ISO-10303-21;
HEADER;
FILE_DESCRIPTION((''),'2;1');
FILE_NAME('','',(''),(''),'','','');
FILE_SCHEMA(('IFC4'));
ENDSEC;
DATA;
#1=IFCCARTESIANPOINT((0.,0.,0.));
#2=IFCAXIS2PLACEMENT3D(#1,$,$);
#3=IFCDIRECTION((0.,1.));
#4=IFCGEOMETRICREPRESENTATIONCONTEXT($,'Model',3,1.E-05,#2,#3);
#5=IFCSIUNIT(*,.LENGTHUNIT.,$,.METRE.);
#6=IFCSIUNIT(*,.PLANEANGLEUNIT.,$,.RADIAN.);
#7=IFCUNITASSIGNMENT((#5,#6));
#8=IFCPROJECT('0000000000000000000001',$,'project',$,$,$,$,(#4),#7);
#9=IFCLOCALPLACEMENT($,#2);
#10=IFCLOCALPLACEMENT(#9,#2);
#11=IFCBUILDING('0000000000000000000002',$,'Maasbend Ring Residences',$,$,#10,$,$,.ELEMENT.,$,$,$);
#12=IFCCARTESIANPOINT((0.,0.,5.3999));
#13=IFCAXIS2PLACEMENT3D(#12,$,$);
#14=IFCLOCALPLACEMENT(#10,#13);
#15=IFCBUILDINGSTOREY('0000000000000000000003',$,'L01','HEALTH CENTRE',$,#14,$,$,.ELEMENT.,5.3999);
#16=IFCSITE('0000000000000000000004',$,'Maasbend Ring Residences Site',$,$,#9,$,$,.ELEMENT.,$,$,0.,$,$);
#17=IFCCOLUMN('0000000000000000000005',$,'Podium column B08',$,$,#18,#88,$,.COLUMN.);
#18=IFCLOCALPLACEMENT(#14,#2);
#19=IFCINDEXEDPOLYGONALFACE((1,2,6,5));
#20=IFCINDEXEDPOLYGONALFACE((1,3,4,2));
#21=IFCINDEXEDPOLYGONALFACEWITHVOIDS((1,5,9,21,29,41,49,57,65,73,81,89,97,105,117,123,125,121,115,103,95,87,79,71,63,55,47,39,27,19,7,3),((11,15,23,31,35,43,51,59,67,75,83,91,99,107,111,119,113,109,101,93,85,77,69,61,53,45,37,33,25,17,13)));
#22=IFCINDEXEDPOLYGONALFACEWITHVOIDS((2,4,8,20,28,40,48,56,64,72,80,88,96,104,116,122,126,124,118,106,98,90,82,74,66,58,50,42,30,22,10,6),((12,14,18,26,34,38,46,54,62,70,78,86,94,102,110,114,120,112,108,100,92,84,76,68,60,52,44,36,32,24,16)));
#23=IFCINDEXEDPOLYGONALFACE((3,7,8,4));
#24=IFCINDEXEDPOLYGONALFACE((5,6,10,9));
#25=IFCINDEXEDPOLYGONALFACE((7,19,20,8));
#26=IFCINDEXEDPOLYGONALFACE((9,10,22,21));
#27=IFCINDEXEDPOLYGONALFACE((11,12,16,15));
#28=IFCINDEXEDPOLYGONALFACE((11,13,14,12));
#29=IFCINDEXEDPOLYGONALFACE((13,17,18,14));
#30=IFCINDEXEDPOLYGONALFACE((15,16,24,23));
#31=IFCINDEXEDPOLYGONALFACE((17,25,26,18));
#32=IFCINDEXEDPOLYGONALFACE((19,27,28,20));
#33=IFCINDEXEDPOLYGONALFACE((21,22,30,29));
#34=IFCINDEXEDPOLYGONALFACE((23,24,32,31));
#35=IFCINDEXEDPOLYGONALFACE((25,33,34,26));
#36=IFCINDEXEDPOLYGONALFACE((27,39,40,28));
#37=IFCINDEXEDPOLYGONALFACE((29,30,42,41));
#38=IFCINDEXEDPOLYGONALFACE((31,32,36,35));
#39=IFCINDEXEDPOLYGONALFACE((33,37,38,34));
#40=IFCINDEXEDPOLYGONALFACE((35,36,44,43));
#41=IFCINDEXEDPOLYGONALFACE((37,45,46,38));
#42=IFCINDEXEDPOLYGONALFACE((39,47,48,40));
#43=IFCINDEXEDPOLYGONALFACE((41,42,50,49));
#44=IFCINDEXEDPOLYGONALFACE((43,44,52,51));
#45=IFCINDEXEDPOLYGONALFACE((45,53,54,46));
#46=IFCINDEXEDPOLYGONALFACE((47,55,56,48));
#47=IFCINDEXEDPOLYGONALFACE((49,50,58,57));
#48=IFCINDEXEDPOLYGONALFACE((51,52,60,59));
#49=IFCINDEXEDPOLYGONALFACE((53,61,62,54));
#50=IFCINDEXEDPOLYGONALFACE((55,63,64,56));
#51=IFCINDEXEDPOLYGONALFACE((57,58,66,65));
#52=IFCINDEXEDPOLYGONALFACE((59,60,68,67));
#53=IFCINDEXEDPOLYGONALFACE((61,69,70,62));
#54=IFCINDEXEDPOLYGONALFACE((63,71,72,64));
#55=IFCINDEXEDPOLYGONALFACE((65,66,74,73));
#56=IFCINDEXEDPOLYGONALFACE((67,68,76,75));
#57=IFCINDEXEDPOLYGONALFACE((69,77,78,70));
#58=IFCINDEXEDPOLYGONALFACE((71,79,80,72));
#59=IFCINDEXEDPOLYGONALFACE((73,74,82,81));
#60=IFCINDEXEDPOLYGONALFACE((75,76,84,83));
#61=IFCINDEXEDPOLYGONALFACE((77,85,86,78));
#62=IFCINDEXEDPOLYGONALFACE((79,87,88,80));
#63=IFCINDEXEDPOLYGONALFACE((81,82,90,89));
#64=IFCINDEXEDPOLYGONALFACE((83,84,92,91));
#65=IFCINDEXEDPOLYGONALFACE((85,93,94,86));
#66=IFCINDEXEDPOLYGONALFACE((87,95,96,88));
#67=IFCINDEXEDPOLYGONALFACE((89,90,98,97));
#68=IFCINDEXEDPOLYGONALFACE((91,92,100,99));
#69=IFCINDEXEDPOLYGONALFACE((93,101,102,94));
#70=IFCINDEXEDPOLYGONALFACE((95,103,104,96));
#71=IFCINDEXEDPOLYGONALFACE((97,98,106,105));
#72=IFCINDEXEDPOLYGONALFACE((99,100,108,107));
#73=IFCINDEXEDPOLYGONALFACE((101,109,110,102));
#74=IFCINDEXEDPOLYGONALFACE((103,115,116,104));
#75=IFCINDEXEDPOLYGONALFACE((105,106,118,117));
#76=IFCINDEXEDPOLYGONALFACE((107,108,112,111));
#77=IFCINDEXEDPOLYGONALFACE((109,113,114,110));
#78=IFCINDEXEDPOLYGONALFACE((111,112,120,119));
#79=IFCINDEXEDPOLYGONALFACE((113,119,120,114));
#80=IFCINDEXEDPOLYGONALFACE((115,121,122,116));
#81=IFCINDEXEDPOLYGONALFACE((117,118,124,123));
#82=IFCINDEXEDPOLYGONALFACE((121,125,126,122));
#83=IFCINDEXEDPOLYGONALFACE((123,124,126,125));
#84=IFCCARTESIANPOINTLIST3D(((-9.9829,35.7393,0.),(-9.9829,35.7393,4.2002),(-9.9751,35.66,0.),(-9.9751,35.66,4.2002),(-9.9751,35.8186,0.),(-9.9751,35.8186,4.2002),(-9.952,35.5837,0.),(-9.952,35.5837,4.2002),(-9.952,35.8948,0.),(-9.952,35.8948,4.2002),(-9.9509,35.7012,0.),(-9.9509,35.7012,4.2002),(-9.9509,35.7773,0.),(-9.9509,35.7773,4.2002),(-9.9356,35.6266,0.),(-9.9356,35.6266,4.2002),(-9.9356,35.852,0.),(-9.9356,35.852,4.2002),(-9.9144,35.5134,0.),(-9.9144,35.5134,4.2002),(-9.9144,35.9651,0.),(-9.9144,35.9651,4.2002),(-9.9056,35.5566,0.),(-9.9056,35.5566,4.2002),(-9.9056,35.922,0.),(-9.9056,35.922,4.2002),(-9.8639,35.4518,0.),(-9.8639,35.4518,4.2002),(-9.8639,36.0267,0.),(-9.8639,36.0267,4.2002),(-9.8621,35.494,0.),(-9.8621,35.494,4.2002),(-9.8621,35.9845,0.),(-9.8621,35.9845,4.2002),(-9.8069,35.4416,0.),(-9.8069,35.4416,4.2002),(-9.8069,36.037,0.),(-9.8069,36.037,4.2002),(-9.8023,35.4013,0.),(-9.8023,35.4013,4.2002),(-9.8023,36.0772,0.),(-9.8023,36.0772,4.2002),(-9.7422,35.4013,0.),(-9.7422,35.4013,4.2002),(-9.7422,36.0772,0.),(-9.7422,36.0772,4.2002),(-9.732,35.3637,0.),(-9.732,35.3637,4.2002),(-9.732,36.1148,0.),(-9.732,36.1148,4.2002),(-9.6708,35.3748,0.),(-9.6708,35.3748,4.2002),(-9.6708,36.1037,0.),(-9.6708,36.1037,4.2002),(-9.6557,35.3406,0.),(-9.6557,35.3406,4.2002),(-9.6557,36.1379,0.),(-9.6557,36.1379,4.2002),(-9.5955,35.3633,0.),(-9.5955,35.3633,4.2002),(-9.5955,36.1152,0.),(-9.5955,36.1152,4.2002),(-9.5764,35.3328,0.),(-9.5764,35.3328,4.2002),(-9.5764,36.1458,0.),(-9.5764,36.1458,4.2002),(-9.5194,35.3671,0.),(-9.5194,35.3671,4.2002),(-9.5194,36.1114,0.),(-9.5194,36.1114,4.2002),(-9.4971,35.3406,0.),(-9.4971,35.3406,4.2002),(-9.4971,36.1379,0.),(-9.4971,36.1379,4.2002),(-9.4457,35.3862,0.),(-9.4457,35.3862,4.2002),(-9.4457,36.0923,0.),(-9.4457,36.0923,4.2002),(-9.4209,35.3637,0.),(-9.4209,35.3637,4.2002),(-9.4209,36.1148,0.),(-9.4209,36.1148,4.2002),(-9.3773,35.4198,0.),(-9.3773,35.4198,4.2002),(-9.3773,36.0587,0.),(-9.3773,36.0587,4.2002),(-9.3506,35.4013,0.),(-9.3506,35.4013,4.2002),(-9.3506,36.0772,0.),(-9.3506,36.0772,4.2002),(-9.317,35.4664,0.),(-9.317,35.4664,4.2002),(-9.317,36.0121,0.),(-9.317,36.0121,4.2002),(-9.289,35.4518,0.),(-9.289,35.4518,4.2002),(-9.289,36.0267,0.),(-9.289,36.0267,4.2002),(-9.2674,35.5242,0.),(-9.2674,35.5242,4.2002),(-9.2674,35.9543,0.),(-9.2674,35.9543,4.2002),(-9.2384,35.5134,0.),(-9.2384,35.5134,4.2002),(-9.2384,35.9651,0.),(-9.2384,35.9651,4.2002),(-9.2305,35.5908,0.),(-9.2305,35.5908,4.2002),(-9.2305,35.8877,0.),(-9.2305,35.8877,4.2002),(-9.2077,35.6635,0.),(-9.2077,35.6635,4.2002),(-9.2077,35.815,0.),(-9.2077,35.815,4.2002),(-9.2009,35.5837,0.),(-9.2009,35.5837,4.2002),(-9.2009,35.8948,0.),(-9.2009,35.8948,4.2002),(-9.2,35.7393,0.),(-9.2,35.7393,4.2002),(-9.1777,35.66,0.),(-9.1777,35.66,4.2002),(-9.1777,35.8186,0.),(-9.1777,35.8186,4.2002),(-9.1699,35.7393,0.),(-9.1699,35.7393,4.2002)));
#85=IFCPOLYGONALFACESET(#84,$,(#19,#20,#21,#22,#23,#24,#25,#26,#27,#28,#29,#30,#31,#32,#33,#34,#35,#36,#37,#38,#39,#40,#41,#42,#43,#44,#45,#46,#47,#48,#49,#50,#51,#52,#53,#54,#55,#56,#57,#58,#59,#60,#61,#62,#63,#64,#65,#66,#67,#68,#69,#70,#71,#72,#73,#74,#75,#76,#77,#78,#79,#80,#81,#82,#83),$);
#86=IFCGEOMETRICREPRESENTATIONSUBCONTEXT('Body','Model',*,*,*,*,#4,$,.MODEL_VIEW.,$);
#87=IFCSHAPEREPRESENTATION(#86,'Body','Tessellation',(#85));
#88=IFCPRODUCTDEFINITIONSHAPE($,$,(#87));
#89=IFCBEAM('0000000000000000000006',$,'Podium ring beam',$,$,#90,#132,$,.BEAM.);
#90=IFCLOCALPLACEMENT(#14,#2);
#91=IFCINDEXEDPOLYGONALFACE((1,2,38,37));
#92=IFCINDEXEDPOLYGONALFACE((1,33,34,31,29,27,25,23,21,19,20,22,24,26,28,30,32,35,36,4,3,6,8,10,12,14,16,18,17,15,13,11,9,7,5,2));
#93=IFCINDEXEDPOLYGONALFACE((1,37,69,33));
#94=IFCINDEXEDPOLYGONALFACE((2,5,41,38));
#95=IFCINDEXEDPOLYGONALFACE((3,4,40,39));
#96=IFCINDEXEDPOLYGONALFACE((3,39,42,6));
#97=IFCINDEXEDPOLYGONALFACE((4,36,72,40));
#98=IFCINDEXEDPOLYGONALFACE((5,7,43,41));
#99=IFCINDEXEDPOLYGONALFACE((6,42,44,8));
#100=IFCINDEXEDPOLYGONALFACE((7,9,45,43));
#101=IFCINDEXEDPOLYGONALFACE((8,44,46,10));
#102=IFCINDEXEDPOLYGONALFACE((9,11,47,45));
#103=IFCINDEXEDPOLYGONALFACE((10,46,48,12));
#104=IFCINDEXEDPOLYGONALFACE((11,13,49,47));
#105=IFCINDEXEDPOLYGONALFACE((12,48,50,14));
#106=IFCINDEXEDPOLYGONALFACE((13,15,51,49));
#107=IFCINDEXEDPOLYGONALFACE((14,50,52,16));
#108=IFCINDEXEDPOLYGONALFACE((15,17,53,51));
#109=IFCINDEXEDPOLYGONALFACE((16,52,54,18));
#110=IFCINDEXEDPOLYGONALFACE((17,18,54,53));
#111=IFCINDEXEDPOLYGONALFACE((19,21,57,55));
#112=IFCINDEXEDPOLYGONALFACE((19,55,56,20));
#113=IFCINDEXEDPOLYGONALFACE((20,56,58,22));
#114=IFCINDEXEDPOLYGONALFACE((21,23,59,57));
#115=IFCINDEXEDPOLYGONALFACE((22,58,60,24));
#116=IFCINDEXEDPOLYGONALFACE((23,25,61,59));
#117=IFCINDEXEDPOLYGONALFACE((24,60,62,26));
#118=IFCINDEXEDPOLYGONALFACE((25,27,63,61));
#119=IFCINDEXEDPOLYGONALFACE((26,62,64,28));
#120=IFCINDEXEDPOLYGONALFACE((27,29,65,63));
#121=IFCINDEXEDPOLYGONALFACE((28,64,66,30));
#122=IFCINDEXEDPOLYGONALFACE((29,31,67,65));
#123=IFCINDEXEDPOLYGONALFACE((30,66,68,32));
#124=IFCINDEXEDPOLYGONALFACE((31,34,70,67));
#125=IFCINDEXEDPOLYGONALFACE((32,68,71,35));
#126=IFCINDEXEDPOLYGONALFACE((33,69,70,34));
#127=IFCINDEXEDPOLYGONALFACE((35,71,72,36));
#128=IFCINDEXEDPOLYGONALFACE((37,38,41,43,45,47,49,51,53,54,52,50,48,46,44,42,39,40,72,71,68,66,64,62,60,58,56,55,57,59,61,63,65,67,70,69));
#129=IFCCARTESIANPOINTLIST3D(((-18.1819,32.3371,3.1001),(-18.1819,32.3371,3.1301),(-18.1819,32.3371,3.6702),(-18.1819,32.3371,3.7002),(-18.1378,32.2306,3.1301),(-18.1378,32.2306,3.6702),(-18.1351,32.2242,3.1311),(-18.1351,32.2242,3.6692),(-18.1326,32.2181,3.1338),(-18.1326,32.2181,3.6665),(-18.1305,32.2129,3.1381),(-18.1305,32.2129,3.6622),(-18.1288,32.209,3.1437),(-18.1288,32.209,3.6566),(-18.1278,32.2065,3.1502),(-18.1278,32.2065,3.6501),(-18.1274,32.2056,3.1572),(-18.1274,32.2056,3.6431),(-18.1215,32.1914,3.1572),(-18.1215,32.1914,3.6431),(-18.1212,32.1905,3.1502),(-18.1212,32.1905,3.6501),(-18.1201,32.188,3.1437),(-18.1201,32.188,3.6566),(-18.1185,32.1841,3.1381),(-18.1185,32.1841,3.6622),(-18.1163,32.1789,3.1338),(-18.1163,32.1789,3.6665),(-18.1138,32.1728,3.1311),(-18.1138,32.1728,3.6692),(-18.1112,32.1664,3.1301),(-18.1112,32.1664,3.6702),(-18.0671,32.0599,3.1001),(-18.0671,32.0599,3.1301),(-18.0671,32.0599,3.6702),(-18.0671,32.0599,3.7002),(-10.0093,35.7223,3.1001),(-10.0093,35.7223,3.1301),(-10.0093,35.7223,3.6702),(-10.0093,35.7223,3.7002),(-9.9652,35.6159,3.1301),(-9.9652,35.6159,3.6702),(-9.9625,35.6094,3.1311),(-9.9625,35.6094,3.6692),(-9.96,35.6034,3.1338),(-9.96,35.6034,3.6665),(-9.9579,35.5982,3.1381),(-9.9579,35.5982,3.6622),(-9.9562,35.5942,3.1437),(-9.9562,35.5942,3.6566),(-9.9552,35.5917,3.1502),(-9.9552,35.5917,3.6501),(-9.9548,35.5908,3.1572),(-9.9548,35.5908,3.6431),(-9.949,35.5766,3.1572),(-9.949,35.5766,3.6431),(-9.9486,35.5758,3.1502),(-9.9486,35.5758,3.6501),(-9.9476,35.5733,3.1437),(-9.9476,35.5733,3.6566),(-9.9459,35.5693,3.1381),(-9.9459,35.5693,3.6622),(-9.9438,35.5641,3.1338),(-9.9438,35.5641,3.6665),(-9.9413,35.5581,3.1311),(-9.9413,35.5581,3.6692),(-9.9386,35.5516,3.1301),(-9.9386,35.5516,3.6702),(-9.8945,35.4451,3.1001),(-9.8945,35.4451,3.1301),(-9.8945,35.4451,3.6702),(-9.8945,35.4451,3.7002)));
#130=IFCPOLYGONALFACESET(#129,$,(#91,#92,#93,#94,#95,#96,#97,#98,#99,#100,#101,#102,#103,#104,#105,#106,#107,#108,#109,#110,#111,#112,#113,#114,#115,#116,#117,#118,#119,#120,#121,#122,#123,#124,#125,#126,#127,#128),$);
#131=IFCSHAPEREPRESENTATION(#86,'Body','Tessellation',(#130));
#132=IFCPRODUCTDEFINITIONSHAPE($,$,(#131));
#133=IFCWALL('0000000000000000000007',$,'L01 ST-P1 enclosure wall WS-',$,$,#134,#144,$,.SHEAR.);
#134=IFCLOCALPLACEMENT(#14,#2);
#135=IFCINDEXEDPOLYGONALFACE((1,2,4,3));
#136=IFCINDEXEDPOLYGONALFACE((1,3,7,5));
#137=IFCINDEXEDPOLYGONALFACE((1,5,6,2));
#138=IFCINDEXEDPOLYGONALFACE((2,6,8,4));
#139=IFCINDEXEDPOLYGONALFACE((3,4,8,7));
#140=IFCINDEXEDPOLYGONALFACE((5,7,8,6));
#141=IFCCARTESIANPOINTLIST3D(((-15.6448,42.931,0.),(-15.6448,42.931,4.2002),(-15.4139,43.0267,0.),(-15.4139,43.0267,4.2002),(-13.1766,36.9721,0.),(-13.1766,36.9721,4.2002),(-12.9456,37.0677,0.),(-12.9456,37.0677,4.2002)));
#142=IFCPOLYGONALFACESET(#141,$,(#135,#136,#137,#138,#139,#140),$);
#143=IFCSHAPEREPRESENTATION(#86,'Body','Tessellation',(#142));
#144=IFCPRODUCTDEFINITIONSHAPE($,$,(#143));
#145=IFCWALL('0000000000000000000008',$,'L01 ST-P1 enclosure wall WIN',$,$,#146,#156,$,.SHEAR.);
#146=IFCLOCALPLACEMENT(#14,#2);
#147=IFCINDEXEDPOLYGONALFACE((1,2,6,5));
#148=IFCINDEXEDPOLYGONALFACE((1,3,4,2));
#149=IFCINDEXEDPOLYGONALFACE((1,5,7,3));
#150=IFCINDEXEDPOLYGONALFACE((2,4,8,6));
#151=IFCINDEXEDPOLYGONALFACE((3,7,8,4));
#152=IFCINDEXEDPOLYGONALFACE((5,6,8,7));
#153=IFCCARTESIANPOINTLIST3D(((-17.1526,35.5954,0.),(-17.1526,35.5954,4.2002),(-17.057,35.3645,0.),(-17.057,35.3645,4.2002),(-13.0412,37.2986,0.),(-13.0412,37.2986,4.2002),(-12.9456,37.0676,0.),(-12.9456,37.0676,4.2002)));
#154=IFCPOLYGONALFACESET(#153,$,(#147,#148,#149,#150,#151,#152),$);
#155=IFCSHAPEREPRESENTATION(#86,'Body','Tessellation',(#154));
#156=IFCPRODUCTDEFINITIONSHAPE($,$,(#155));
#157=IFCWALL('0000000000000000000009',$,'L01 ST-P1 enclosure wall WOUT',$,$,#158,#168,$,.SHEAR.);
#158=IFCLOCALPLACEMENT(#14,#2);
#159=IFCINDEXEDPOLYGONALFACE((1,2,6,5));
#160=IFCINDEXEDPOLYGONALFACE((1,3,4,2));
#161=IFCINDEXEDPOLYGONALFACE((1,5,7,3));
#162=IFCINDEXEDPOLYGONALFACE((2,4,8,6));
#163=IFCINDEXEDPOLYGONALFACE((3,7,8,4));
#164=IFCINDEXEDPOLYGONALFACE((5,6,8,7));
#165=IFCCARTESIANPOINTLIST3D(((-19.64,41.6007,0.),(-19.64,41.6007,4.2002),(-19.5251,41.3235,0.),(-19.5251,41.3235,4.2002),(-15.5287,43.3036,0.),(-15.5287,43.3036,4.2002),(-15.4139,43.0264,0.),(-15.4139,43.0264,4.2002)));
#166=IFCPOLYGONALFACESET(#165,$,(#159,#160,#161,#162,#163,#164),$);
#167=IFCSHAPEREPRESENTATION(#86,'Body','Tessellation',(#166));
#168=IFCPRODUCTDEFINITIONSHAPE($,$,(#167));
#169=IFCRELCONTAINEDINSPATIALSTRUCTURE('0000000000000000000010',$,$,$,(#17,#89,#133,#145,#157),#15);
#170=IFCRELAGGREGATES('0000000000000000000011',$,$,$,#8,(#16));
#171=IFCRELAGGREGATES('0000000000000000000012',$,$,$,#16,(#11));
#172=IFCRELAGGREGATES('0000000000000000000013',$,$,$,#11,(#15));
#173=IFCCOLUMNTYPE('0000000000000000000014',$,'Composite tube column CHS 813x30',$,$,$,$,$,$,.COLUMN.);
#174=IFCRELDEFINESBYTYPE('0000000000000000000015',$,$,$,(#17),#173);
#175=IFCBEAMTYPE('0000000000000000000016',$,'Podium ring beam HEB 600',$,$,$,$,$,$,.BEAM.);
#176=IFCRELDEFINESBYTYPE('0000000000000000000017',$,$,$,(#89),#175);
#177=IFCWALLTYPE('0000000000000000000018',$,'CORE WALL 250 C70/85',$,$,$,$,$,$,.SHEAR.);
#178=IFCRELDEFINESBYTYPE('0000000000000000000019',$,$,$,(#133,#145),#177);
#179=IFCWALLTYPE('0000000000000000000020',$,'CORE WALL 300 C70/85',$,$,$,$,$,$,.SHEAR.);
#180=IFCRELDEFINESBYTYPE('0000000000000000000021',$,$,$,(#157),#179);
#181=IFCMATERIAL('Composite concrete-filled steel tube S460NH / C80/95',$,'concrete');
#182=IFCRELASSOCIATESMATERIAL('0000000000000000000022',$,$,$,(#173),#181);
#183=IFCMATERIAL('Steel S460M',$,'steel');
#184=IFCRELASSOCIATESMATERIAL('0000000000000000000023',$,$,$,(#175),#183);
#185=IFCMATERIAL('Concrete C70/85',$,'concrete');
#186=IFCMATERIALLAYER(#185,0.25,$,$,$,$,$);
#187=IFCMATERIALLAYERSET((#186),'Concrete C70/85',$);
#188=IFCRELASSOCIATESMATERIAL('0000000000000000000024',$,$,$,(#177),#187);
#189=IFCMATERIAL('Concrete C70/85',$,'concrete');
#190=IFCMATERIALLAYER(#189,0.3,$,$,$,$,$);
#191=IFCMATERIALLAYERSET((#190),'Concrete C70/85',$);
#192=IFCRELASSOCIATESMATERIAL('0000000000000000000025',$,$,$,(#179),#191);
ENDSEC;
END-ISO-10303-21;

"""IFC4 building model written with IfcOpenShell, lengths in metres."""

from ifc_helpers import new_model, si_unit, direction, frame, frame_2d, origin, origin_2d, place, context, subcontext, project, spatial, rectangle, hollow_circle, i_section, extrude, material, layer, layer_set, material_profile, profile_set, type_object, element, save


model = new_model("IFC4")

# Units and contexts
model_context = context("Model", 3, precision=1e-05, world=origin(), true_north=direction((0.0, 1.0)))
body_context = subcontext(model_context, "Body", "Model", "MODEL_VIEW")
ifc_project = project(units=[si_unit("LENGTHUNIT", "METRE"), si_unit("PLANEANGLEUNIT", "RADIAN")], contexts=[model_context])

# Site, building, storey
site_placement = place(None, origin())
site = spatial("IfcSite", under=ifc_project, at=site_placement, Name="Maasbend Ring Residences Site", CompositionType="ELEMENT", RefElevation=0.0)
building_placement = place(site_placement, origin())
building = spatial("IfcBuilding", under=site, at=building_placement, Name="Maasbend Ring Residences", CompositionType="ELEMENT")
storey_placement = place(building_placement, frame((0.0, 0.0, 5.3999)))
storey = spatial("IfcBuildingStorey", under=building, at=storey_placement, Name="L01", Description="HEALTH CENTRE", CompositionType="ELEMENT", Elevation=5.3999)

# Column
ifc_material_1 = material(Name="Composite concrete-filled steel tube S460NH / C80/95", Category="concrete")
ifc_material_profile_1 = material_profile(ifc_material_1, hollow_circle(Radius=0.4065, WallThickness=0.03, at=origin_2d()), Name="Composite tube column CHS 813x30")
ifc_profile_set_1 = profile_set([ifc_material_profile_1], Name="Composite concrete-filled steel tube S460NH / C80/95")
column_type_1 = type_object("IfcColumnType", Name="Composite tube column CHS 813x30", PredefinedType="COLUMN", material=ifc_profile_set_1)
column_1_placement = place(storey_placement, frame((-9.5764, 35.7393, 0.0), z_axis=(0.0, 0.0, 1.0), x_axis=(1.0, 0.0, 0.0)))
element("IfcColumn", 1, at=column_1_placement, inside=storey, type_object=column_type_1, Name="Podium column B08", PredefinedType="COLUMN", context=body_context, shape_type="SweptSolid", body=[
    extrude(hollow_circle(Radius=0.4065, WallThickness=0.03, at=origin_2d()), origin(), (0.0, 0.0, 1.0), 4.2002),
])

# Beam
ifc_material_2 = material(Name="Steel S460M", Category="steel")
ifc_material_profile_2 = material_profile(ifc_material_2, i_section(OverallWidth=0.3, OverallDepth=0.6001, WebThickness=0.0154, FlangeThickness=0.03, FilletRadius=0.0271, at=origin_2d()), Name="HEB 600")
ifc_profile_set_2 = profile_set([ifc_material_profile_2], Name="Steel S460M")
beam_type = type_object("IfcBeamType", Name="Podium ring beam HEB 600", PredefinedType="BEAM", material=ifc_profile_set_2)
beam_placement = place(storey_placement, frame((-9.9519, 35.5837, 3.4001), z_axis=(-0.923878, -0.382688, 0.0), x_axis=(0.382688, -0.923878, 0.0)))
element("IfcBeam", 2, at=beam_placement, inside=storey, type_object=beam_type, Name="Podium ring beam", PredefinedType="BEAM", context=body_context, shape_type="SweptSolid", body=[
    extrude(i_section(OverallWidth=0.3, OverallDepth=0.6001, WebThickness=0.0154, FlangeThickness=0.03, FilletRadius=0.0271, at=origin_2d()), origin(), (0.0, 0.0, 1.0), 8.8459),
])

# Walls
ifc_material_3 = material(Name="Concrete C70/85", Category="concrete")
ifc_layer_1 = layer(ifc_material_3, 0.25)
ifc_layer_set_1 = layer_set([ifc_layer_1], Name="Concrete C70/85")
wall_type_1 = type_object("IfcWallType", Name="CORE WALL 250 C70/85", PredefinedType="SHEAR", material=ifc_layer_set_1)
wall_1_placement = place(storey_placement, frame((-13.061, 37.0198, 0.0), z_axis=(0.0, 0.0, 1.0), x_axis=(-0.382679, 0.923881, 0.0)))
element("IfcWall", 3, at=wall_1_placement, inside=storey, type_object=wall_type_1, Name="L01 ST-P1 enclosure wall WS-", PredefinedType="SHEAR", context=body_context, shape_type="SweptSolid", body=[
    extrude(rectangle(XDim=6.45, YDim=0.25, at=frame_2d((3.2251, 0.0))), origin(), (0.0, 0.0, 1.0), 4.2002),
])
wall_2_placement = place(storey_placement, frame((-12.9934, 37.1831, 0.0), z_axis=(0.0, 0.0, 1.0), x_axis=(-0.923867, -0.382714, 0.0)))
element("IfcWall", 4, at=wall_2_placement, inside=storey, type_object=wall_type_1, Name="L01 ST-P1 enclosure wall WIN", PredefinedType="SHEAR", context=body_context, shape_type="SweptSolid", body=[
    extrude(rectangle(XDim=4.4502, YDim=0.25, at=frame_2d((2.2251, 0.0))), origin(), (0.0, 0.0, 1.0), 4.2002),
])
ifc_material_4 = material(Name="Concrete C70/85", Category="concrete")
ifc_layer_2 = layer(ifc_material_4, 0.3)
ifc_layer_set_2 = layer_set([ifc_layer_2], Name="Concrete C70/85")
wall_type_2 = type_object("IfcWallType", Name="CORE WALL 300 C70/85", PredefinedType="SHEAR", material=ifc_layer_set_2)
wall_3_placement = place(storey_placement, frame((-15.4712, 43.165, 0.0), z_axis=(0.0, 0.0, 1.0), x_axis=(-0.923886, -0.382667, 0.0)))
element("IfcWall", 5, at=wall_3_placement, inside=storey, type_object=wall_type_2, Name="L01 ST-P1 enclosure wall WOUT", PredefinedType="SHEAR", context=body_context, shape_type="SweptSolid", body=[
    extrude(rectangle(XDim=4.45, YDim=0.3, at=frame_2d((2.2251, 0.0))), origin(), (0.0, 0.0, 1.0), 4.2002),
])

save(model, "model.ifc")
